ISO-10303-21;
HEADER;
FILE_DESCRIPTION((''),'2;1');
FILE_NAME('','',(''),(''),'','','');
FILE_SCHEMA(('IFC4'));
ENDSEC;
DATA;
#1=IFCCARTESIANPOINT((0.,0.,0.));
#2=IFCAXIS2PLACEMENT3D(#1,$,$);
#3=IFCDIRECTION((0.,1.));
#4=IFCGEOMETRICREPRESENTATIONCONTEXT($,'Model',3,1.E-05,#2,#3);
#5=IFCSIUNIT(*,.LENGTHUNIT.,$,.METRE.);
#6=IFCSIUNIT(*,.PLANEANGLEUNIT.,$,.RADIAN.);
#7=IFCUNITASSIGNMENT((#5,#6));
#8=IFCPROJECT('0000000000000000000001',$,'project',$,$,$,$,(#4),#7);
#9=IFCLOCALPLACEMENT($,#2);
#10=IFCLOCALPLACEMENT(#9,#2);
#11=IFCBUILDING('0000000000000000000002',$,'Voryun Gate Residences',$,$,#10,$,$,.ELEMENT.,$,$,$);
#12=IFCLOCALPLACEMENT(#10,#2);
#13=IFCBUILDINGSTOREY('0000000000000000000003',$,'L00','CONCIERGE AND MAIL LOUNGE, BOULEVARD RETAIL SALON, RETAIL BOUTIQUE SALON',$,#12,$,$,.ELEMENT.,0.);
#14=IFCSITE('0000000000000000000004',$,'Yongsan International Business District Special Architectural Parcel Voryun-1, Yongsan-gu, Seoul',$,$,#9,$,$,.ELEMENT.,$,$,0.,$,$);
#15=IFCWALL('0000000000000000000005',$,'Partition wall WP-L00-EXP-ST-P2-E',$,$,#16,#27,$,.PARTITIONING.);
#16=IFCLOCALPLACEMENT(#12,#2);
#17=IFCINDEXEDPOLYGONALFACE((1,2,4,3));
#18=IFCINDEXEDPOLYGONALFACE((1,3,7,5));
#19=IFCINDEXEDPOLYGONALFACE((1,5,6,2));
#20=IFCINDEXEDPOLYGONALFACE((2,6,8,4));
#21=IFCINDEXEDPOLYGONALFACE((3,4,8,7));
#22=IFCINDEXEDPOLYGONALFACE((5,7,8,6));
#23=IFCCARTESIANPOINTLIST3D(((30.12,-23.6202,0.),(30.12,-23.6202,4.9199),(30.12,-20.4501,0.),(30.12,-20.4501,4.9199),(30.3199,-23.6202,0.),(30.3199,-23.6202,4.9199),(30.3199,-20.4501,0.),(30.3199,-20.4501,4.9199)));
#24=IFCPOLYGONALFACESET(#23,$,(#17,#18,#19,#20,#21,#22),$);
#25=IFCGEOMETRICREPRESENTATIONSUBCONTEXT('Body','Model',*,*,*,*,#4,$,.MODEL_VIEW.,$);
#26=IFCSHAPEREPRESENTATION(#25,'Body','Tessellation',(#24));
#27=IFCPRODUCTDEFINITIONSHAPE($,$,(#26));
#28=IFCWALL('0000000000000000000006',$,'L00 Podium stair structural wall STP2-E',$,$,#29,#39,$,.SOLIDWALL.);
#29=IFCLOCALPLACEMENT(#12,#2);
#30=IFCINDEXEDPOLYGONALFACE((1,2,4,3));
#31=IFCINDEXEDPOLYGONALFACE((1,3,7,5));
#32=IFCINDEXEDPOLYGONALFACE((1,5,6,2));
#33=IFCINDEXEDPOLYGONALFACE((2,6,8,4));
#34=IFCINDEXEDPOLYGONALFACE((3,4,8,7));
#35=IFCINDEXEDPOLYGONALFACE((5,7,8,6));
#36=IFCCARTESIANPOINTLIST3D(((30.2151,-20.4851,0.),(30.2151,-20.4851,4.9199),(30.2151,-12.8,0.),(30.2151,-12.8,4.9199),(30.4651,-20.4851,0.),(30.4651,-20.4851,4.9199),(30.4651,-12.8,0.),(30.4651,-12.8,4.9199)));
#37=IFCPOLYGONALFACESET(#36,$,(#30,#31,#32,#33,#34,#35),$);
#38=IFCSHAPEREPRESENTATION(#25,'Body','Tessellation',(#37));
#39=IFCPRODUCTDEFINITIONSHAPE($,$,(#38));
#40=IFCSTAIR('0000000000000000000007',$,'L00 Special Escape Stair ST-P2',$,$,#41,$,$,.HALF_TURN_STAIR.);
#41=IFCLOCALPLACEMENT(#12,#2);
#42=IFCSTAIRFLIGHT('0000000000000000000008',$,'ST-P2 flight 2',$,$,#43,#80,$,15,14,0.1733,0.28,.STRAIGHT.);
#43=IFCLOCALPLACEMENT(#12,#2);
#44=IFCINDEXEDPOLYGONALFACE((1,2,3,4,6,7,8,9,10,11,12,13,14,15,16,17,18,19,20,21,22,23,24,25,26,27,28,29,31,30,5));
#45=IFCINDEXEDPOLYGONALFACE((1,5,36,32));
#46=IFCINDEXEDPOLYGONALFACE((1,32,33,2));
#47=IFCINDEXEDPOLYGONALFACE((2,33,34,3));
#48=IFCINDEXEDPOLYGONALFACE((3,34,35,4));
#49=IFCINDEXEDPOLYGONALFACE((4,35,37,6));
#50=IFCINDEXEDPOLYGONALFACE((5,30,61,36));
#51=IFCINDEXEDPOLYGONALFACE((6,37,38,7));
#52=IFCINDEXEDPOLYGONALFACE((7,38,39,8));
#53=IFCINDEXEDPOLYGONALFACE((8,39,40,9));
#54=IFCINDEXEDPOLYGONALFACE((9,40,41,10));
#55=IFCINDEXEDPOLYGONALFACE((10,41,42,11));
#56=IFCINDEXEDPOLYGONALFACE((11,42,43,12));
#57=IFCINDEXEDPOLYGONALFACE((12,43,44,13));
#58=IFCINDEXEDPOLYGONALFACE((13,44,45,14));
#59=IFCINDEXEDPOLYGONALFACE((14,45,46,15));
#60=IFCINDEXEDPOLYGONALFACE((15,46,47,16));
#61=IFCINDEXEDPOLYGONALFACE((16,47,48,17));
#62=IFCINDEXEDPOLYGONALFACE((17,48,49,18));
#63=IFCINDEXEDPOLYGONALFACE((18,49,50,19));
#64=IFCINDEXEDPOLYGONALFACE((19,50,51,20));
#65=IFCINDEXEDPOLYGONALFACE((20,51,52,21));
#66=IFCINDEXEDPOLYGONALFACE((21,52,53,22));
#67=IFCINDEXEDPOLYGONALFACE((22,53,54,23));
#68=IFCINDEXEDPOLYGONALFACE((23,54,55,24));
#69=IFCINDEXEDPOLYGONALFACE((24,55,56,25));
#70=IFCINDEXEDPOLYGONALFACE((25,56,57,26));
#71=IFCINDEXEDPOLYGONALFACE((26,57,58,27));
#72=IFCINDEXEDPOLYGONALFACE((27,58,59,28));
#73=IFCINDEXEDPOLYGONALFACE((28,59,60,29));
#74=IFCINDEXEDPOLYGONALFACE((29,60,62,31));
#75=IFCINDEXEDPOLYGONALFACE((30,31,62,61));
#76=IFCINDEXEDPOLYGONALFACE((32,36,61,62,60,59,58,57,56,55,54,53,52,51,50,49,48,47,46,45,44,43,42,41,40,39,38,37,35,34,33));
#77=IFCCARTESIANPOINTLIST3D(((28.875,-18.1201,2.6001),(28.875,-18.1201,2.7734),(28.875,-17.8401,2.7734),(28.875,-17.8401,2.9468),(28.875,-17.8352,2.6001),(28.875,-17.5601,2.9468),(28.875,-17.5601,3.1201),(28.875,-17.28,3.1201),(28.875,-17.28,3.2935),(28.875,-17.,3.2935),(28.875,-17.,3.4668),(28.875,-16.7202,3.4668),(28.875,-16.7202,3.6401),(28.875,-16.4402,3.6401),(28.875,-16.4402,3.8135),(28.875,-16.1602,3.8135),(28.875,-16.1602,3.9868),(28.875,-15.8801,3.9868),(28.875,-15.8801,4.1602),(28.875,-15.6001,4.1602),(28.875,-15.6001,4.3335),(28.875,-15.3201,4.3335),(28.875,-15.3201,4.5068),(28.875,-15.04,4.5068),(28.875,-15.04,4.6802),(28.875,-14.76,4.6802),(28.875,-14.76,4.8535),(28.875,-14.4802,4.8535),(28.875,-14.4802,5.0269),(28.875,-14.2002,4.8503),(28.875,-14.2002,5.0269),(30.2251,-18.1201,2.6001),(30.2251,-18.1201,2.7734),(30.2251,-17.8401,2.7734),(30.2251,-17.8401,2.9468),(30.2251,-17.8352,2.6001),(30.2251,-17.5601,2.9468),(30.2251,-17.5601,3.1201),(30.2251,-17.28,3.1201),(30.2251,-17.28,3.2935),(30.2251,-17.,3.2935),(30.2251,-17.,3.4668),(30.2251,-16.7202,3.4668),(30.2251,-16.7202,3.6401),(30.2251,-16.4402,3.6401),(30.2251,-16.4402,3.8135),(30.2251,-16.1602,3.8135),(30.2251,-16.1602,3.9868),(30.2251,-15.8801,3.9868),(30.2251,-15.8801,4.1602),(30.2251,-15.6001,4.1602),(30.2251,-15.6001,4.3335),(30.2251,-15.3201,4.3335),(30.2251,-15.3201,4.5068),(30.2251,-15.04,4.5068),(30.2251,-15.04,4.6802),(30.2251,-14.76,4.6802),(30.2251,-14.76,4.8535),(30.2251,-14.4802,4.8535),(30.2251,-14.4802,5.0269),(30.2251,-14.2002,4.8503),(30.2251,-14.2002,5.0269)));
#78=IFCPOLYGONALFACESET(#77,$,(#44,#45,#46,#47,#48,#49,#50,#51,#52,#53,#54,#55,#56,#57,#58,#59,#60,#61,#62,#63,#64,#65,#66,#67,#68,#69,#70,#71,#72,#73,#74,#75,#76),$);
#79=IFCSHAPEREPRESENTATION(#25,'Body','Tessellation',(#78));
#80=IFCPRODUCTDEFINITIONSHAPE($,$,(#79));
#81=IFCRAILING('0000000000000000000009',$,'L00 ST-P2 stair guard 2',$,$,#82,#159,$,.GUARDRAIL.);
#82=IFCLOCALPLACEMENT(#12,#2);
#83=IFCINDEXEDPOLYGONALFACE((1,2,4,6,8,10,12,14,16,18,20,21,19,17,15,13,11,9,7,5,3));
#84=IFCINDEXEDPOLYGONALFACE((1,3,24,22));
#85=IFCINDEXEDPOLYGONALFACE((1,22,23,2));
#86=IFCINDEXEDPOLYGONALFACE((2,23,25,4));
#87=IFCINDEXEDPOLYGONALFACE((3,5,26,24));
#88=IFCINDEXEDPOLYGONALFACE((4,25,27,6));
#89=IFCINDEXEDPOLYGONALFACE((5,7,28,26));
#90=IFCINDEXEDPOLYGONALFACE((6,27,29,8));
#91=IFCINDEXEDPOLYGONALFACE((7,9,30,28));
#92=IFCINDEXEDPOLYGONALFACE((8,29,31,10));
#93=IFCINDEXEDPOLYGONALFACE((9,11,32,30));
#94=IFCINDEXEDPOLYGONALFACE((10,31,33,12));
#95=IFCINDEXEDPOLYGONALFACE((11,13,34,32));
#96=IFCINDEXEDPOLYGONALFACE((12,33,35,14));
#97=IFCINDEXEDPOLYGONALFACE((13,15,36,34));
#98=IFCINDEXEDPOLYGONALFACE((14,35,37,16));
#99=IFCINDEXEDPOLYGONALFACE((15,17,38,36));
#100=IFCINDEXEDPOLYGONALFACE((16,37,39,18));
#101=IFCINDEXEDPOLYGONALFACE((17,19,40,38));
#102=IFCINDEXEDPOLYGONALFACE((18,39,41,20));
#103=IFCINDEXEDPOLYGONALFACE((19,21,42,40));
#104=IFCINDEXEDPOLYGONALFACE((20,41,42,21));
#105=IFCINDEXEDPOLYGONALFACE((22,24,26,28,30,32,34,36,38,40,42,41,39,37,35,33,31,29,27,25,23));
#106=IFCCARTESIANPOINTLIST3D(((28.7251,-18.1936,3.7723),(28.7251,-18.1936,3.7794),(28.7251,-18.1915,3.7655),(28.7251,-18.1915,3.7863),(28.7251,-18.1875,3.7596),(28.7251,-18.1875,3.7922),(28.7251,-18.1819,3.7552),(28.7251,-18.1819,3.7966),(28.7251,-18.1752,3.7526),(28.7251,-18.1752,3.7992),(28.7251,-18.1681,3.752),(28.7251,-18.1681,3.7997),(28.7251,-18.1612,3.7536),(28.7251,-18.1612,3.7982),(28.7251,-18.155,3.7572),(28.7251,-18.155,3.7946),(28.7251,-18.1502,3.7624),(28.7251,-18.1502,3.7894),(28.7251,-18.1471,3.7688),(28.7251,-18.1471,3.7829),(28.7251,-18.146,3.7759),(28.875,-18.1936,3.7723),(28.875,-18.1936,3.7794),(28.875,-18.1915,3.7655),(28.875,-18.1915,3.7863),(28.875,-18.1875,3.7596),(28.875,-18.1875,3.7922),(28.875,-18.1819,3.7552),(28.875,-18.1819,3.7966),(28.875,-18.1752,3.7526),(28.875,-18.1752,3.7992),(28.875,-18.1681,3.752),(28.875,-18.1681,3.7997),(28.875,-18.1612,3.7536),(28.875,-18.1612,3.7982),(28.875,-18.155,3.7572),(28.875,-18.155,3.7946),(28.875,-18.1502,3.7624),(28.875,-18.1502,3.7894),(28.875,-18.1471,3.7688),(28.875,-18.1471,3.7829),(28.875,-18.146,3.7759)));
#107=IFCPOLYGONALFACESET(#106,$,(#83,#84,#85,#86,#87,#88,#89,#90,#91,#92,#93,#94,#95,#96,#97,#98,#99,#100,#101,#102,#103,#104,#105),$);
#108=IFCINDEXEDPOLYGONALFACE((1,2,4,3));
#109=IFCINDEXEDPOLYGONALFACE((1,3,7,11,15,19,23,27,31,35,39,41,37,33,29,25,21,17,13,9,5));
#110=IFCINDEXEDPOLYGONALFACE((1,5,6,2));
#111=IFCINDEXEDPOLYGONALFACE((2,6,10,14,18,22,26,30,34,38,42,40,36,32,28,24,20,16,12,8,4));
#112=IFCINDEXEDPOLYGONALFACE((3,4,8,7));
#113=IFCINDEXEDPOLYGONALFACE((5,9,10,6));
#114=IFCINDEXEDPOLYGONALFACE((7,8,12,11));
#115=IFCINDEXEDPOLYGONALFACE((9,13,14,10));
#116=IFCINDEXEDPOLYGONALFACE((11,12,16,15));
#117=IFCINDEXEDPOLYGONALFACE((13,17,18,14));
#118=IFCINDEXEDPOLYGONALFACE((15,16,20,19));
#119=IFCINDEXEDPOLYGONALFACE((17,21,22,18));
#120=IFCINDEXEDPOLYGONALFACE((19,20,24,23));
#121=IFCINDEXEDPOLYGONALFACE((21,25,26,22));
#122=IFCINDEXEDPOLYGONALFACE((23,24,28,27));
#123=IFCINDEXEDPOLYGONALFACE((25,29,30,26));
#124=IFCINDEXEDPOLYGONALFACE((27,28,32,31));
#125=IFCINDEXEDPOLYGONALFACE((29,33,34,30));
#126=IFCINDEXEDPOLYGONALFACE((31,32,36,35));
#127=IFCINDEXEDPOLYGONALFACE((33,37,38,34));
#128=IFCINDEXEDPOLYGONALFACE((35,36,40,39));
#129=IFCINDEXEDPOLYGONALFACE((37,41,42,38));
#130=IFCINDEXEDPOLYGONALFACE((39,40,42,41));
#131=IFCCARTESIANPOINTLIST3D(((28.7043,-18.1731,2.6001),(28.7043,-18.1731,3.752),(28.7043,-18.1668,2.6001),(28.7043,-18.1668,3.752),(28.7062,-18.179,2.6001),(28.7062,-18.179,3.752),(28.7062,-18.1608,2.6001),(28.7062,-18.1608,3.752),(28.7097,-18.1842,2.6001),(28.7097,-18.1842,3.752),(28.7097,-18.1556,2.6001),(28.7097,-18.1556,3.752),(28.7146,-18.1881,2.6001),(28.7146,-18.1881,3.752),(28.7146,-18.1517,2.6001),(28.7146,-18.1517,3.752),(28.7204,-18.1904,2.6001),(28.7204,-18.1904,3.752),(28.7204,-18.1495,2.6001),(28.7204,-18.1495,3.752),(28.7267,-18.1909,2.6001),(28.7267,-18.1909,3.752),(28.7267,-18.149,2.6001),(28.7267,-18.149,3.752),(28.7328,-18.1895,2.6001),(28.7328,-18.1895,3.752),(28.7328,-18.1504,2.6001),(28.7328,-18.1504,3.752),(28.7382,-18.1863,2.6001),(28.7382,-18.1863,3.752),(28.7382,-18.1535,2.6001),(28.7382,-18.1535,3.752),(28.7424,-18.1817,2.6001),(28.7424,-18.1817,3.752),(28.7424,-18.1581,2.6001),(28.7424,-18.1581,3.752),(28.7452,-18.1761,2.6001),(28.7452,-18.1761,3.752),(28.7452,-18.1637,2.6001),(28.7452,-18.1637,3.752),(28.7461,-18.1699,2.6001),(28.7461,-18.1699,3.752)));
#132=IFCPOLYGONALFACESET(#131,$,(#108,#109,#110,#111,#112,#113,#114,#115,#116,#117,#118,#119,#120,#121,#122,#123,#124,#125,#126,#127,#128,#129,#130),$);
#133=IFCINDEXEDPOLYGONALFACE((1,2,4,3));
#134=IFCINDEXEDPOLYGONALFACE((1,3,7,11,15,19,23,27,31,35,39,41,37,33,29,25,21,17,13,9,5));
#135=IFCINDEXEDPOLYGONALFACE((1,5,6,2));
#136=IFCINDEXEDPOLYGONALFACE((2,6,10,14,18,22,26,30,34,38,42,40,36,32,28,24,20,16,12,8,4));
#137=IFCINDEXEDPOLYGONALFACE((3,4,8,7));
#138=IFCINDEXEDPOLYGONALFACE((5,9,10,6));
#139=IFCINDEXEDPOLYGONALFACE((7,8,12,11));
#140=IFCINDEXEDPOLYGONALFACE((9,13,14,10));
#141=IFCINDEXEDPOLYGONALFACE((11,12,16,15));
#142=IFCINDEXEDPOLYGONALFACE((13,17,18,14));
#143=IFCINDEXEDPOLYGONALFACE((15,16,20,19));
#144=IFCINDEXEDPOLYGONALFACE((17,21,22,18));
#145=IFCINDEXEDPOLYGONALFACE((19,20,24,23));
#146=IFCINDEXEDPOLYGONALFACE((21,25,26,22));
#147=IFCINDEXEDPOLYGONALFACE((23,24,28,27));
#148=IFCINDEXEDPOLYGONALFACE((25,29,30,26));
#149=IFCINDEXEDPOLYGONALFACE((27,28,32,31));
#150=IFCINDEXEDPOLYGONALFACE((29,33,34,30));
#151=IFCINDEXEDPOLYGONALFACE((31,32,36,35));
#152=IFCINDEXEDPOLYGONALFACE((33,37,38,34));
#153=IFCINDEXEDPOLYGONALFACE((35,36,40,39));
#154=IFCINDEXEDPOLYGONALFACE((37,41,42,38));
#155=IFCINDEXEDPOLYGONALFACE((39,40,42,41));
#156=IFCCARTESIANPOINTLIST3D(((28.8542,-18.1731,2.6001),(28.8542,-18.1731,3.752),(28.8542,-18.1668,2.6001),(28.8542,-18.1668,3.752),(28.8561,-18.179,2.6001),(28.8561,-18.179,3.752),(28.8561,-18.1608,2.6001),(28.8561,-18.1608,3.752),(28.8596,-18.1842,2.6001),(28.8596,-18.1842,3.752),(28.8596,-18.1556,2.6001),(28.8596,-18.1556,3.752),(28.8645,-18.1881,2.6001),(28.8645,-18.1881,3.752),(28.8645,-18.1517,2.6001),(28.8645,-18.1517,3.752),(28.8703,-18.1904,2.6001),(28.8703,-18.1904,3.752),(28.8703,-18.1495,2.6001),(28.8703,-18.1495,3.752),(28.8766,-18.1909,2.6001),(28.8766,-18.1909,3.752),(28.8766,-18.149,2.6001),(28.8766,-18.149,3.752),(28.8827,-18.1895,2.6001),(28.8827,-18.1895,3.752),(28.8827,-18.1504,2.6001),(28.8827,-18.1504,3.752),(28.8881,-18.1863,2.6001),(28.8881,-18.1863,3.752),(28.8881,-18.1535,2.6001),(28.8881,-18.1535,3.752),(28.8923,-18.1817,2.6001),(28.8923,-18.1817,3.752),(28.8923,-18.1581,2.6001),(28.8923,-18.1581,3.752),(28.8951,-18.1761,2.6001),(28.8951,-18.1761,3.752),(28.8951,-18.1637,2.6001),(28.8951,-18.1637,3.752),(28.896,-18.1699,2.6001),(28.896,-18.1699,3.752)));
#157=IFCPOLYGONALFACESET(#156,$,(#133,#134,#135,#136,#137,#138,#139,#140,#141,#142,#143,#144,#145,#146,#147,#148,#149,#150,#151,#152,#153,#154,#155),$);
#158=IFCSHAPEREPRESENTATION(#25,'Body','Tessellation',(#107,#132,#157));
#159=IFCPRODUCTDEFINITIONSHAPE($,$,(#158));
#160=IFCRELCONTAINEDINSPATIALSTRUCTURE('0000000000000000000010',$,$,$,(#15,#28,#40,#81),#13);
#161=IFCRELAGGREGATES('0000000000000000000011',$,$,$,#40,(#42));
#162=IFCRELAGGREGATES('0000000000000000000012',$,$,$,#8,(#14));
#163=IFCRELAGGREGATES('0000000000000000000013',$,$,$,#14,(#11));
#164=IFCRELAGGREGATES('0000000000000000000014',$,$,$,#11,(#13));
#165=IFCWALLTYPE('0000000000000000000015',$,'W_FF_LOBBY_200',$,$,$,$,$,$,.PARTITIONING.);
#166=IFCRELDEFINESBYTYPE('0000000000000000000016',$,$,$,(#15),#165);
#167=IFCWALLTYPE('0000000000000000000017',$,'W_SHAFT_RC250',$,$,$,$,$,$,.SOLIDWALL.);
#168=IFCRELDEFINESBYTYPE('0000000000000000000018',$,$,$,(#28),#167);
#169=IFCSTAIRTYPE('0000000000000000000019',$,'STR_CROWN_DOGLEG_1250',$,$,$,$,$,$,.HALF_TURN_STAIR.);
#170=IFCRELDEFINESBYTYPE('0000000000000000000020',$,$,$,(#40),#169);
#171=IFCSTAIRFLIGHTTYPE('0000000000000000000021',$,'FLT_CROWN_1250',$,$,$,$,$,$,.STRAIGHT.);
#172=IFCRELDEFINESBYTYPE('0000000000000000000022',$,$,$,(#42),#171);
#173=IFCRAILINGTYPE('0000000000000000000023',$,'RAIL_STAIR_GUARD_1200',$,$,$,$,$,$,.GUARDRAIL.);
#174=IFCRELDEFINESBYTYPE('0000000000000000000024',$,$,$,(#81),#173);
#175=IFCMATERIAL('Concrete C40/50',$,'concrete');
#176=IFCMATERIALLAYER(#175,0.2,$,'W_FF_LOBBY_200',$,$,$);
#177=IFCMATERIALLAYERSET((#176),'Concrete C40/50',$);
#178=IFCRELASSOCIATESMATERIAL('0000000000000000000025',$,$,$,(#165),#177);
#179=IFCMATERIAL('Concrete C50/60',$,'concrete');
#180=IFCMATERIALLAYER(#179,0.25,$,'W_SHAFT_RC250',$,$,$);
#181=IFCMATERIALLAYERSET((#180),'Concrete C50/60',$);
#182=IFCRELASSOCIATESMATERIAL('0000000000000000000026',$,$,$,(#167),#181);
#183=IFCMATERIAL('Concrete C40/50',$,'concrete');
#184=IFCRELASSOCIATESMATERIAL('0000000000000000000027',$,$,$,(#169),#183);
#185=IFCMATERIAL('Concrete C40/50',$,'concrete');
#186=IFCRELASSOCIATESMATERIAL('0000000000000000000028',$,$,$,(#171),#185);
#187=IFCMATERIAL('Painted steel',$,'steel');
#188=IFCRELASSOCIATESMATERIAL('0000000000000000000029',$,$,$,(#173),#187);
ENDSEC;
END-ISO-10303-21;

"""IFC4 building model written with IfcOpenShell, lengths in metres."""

from ifc_helpers import new_model, si_unit, direction, frame, frame_2d, origin, origin_2d, place, context, subcontext, project, spatial, polyline, rectangle, circle, outline, extrude, material, layer, layer_set, type_object, element, aggregate, save


model = new_model("IFC4")

# Units and contexts
model_context = context("Model", 3, precision=1e-05, world=origin(), true_north=direction((0.0, 1.0)))
body_context = subcontext(model_context, "Body", "Model", "MODEL_VIEW")
ifc_project = project(units=[si_unit("LENGTHUNIT", "METRE"), si_unit("PLANEANGLEUNIT", "RADIAN")], contexts=[model_context])

# Site, building, storey
site_placement = place(None, origin())
site = spatial("IfcSite", under=ifc_project, at=site_placement, Name="Yongsan International Business District Special Architectural Parcel Voryun-1, Yongsan-gu, Seoul", CompositionType="ELEMENT", RefElevation=0.0)
building_placement = place(site_placement, origin())
building = spatial("IfcBuilding", under=site, at=building_placement, Name="Voryun Gate Residences", CompositionType="ELEMENT")
storey_placement = place(building_placement, origin())
storey = spatial("IfcBuildingStorey", under=building, at=storey_placement, Name="L00", Description="CONCIERGE AND MAIL LOUNGE, BOULEVARD RETAIL SALON, RETAIL BOUTIQUE SALON", CompositionType="ELEMENT", Elevation=0.0)

# Walls
ifc_material_1 = material(Name="Concrete C40/50", Category="concrete")
ifc_layer_1 = layer(ifc_material_1, 0.2, Name="W_FF_LOBBY_200")
ifc_layer_set_1 = layer_set([ifc_layer_1], Name="Concrete C40/50")
wall_type_1 = type_object("IfcWallType", Name="W_FF_LOBBY_200", PredefinedType="PARTITIONING", material=ifc_layer_set_1)
wall_1_placement = place(storey_placement, frame((30.22, -23.6201, 0.0), z_axis=(0.0, 0.0, 1.0), x_axis=(0.0, 1.0, 0.0)))
element("IfcWall", 1, at=wall_1_placement, inside=storey, type_object=wall_type_1, Name="Partition wall WP-L00-EXP-ST-P2-E", PredefinedType="PARTITIONING", context=body_context, shape_type="SweptSolid", body=[
    extrude(rectangle(XDim=3.1702, YDim=0.2, at=frame_2d((1.585, 0.0))), origin(), (0.0, 0.0, 1.0), 4.9199),
])
ifc_material_2 = material(Name="Concrete C50/60", Category="concrete")
ifc_layer_2 = layer(ifc_material_2, 0.25, Name="W_SHAFT_RC250")
ifc_layer_set_2 = layer_set([ifc_layer_2], Name="Concrete C50/60")
wall_type_2 = type_object("IfcWallType", Name="W_SHAFT_RC250", PredefinedType="SOLIDWALL", material=ifc_layer_set_2)
wall_2_placement = place(storey_placement, frame((30.3401, -20.4851, 0.0), z_axis=(0.0, 0.0, 1.0), x_axis=(0.0, 1.0, 0.0)))
element("IfcWall", 2, at=wall_2_placement, inside=storey, type_object=wall_type_2, Name="L00 Podium stair structural wall STP2-E", PredefinedType="SOLIDWALL", context=body_context, shape_type="SweptSolid", body=[
    extrude(rectangle(XDim=7.6851, YDim=0.25, at=frame_2d((3.8425, 0.0))), origin(), (0.0, 0.0, 1.0), 4.9199),
])

# Stair, stair flight
ifc_material_3 = material(Name="Concrete C40/50", Category="concrete")
stair_type = type_object("IfcStairType", Name="STR_CROWN_DOGLEG_1250", PredefinedType="HALF_TURN_STAIR", material=ifc_material_3)
stair_placement = place(storey_placement, origin())
stair = element("IfcStair", 3, at=stair_placement, inside=storey, type_object=stair_type, Name="L00 Special Escape Stair ST-P2", PredefinedType="HALF_TURN_STAIR")
ifc_material_4 = material(Name="Concrete C40/50", Category="concrete")
stair_flight_type = type_object("IfcStairFlightType", Name="FLT_CROWN_1250", PredefinedType="STRAIGHT", material=ifc_material_4)
stair_flight_placement = place(storey_placement, frame((29.55, -18.1201, 2.6001), z_axis=(0.0, 0.0, 1.0), x_axis=(0.0, 1.0, 0.0)))
stair_flight = element("IfcStairFlight", 4, at=stair_flight_placement, type_object=stair_flight_type, Name="ST-P2 flight 2", NumberOfRisers=15, NumberOfTreads=14, PredefinedType="STRAIGHT", RiserHeight=0.1733, TreadLength=0.28, context=body_context, shape_type="SweptSolid", body=[
    extrude(outline(polyline([(0.0, 0.0), (0.0, 0.1733), (0.28, 0.1733), (0.28, 0.3467), (0.5601, 0.3467), (0.5601, 0.52), (0.8401, 0.52), (0.8401, 0.6934), (1.1201, 0.6934), (1.1201, 0.8667), (1.3999, 0.8667), (1.3999, 1.04), (1.6799, 1.04), (1.6799, 1.2134), (1.96, 1.2134), (1.96, 1.3867), (2.24, 1.3867), (2.24, 1.5601), (2.52, 1.5601), (2.52, 1.7334), (2.8, 1.7334), (2.8, 1.9067), (3.0801, 1.9067), (3.0801, 2.0801), (3.3601, 2.0801), (3.3601, 2.2534), (3.6399, 2.2534), (3.6399, 2.4268), (3.9199, 2.4268), (3.9199, 2.6001), (3.9199, 2.2502), (0.2849, 0.0), (0.0, 0.0)])), frame((0.0, 0.675, 0.0), z_axis=(0.0, -1.0, 0.0), x_axis=(1.0, 0.0, 0.0)), (0.0, 0.0, 1.0), 1.3501),
])
aggregate(stair, [stair_flight])

# Railing
ifc_material_5 = material(Name="Painted steel", Category="steel")
railing_type_1 = type_object("IfcRailingType", Name="RAIL_STAIR_GUARD_1200", PredefinedType="GUARDRAIL", material=ifc_material_5)
railing_1_placement = place(storey_placement, frame((28.7251, -18.1699, 2.6001)))
element("IfcRailing", 5, at=railing_1_placement, inside=storey, type_object=railing_type_1, Name="L00 ST-P2 stair guard 2", PredefinedType="GUARDRAIL", context=body_context, shape_type="SweptSolid", body=[
    extrude(circle(Radius=0.0239, at=origin_2d()), frame((0.0, 0.0, 1.1758), z_axis=(1.0, 0.0, 0.0), x_axis=(0.0, 1.0, 0.0)), (0.0, 0.0, 1.0), 0.1499),
    extrude(circle(Radius=0.021, at=origin_2d()), origin(), (0.0, 0.0, 1.0), 1.1519),
    extrude(circle(Radius=0.021, at=origin_2d()), frame((0.1499, 0.0, 0.0)), (0.0, 0.0, 1.0), 1.1519),
])

save(model, "model.ifc")
